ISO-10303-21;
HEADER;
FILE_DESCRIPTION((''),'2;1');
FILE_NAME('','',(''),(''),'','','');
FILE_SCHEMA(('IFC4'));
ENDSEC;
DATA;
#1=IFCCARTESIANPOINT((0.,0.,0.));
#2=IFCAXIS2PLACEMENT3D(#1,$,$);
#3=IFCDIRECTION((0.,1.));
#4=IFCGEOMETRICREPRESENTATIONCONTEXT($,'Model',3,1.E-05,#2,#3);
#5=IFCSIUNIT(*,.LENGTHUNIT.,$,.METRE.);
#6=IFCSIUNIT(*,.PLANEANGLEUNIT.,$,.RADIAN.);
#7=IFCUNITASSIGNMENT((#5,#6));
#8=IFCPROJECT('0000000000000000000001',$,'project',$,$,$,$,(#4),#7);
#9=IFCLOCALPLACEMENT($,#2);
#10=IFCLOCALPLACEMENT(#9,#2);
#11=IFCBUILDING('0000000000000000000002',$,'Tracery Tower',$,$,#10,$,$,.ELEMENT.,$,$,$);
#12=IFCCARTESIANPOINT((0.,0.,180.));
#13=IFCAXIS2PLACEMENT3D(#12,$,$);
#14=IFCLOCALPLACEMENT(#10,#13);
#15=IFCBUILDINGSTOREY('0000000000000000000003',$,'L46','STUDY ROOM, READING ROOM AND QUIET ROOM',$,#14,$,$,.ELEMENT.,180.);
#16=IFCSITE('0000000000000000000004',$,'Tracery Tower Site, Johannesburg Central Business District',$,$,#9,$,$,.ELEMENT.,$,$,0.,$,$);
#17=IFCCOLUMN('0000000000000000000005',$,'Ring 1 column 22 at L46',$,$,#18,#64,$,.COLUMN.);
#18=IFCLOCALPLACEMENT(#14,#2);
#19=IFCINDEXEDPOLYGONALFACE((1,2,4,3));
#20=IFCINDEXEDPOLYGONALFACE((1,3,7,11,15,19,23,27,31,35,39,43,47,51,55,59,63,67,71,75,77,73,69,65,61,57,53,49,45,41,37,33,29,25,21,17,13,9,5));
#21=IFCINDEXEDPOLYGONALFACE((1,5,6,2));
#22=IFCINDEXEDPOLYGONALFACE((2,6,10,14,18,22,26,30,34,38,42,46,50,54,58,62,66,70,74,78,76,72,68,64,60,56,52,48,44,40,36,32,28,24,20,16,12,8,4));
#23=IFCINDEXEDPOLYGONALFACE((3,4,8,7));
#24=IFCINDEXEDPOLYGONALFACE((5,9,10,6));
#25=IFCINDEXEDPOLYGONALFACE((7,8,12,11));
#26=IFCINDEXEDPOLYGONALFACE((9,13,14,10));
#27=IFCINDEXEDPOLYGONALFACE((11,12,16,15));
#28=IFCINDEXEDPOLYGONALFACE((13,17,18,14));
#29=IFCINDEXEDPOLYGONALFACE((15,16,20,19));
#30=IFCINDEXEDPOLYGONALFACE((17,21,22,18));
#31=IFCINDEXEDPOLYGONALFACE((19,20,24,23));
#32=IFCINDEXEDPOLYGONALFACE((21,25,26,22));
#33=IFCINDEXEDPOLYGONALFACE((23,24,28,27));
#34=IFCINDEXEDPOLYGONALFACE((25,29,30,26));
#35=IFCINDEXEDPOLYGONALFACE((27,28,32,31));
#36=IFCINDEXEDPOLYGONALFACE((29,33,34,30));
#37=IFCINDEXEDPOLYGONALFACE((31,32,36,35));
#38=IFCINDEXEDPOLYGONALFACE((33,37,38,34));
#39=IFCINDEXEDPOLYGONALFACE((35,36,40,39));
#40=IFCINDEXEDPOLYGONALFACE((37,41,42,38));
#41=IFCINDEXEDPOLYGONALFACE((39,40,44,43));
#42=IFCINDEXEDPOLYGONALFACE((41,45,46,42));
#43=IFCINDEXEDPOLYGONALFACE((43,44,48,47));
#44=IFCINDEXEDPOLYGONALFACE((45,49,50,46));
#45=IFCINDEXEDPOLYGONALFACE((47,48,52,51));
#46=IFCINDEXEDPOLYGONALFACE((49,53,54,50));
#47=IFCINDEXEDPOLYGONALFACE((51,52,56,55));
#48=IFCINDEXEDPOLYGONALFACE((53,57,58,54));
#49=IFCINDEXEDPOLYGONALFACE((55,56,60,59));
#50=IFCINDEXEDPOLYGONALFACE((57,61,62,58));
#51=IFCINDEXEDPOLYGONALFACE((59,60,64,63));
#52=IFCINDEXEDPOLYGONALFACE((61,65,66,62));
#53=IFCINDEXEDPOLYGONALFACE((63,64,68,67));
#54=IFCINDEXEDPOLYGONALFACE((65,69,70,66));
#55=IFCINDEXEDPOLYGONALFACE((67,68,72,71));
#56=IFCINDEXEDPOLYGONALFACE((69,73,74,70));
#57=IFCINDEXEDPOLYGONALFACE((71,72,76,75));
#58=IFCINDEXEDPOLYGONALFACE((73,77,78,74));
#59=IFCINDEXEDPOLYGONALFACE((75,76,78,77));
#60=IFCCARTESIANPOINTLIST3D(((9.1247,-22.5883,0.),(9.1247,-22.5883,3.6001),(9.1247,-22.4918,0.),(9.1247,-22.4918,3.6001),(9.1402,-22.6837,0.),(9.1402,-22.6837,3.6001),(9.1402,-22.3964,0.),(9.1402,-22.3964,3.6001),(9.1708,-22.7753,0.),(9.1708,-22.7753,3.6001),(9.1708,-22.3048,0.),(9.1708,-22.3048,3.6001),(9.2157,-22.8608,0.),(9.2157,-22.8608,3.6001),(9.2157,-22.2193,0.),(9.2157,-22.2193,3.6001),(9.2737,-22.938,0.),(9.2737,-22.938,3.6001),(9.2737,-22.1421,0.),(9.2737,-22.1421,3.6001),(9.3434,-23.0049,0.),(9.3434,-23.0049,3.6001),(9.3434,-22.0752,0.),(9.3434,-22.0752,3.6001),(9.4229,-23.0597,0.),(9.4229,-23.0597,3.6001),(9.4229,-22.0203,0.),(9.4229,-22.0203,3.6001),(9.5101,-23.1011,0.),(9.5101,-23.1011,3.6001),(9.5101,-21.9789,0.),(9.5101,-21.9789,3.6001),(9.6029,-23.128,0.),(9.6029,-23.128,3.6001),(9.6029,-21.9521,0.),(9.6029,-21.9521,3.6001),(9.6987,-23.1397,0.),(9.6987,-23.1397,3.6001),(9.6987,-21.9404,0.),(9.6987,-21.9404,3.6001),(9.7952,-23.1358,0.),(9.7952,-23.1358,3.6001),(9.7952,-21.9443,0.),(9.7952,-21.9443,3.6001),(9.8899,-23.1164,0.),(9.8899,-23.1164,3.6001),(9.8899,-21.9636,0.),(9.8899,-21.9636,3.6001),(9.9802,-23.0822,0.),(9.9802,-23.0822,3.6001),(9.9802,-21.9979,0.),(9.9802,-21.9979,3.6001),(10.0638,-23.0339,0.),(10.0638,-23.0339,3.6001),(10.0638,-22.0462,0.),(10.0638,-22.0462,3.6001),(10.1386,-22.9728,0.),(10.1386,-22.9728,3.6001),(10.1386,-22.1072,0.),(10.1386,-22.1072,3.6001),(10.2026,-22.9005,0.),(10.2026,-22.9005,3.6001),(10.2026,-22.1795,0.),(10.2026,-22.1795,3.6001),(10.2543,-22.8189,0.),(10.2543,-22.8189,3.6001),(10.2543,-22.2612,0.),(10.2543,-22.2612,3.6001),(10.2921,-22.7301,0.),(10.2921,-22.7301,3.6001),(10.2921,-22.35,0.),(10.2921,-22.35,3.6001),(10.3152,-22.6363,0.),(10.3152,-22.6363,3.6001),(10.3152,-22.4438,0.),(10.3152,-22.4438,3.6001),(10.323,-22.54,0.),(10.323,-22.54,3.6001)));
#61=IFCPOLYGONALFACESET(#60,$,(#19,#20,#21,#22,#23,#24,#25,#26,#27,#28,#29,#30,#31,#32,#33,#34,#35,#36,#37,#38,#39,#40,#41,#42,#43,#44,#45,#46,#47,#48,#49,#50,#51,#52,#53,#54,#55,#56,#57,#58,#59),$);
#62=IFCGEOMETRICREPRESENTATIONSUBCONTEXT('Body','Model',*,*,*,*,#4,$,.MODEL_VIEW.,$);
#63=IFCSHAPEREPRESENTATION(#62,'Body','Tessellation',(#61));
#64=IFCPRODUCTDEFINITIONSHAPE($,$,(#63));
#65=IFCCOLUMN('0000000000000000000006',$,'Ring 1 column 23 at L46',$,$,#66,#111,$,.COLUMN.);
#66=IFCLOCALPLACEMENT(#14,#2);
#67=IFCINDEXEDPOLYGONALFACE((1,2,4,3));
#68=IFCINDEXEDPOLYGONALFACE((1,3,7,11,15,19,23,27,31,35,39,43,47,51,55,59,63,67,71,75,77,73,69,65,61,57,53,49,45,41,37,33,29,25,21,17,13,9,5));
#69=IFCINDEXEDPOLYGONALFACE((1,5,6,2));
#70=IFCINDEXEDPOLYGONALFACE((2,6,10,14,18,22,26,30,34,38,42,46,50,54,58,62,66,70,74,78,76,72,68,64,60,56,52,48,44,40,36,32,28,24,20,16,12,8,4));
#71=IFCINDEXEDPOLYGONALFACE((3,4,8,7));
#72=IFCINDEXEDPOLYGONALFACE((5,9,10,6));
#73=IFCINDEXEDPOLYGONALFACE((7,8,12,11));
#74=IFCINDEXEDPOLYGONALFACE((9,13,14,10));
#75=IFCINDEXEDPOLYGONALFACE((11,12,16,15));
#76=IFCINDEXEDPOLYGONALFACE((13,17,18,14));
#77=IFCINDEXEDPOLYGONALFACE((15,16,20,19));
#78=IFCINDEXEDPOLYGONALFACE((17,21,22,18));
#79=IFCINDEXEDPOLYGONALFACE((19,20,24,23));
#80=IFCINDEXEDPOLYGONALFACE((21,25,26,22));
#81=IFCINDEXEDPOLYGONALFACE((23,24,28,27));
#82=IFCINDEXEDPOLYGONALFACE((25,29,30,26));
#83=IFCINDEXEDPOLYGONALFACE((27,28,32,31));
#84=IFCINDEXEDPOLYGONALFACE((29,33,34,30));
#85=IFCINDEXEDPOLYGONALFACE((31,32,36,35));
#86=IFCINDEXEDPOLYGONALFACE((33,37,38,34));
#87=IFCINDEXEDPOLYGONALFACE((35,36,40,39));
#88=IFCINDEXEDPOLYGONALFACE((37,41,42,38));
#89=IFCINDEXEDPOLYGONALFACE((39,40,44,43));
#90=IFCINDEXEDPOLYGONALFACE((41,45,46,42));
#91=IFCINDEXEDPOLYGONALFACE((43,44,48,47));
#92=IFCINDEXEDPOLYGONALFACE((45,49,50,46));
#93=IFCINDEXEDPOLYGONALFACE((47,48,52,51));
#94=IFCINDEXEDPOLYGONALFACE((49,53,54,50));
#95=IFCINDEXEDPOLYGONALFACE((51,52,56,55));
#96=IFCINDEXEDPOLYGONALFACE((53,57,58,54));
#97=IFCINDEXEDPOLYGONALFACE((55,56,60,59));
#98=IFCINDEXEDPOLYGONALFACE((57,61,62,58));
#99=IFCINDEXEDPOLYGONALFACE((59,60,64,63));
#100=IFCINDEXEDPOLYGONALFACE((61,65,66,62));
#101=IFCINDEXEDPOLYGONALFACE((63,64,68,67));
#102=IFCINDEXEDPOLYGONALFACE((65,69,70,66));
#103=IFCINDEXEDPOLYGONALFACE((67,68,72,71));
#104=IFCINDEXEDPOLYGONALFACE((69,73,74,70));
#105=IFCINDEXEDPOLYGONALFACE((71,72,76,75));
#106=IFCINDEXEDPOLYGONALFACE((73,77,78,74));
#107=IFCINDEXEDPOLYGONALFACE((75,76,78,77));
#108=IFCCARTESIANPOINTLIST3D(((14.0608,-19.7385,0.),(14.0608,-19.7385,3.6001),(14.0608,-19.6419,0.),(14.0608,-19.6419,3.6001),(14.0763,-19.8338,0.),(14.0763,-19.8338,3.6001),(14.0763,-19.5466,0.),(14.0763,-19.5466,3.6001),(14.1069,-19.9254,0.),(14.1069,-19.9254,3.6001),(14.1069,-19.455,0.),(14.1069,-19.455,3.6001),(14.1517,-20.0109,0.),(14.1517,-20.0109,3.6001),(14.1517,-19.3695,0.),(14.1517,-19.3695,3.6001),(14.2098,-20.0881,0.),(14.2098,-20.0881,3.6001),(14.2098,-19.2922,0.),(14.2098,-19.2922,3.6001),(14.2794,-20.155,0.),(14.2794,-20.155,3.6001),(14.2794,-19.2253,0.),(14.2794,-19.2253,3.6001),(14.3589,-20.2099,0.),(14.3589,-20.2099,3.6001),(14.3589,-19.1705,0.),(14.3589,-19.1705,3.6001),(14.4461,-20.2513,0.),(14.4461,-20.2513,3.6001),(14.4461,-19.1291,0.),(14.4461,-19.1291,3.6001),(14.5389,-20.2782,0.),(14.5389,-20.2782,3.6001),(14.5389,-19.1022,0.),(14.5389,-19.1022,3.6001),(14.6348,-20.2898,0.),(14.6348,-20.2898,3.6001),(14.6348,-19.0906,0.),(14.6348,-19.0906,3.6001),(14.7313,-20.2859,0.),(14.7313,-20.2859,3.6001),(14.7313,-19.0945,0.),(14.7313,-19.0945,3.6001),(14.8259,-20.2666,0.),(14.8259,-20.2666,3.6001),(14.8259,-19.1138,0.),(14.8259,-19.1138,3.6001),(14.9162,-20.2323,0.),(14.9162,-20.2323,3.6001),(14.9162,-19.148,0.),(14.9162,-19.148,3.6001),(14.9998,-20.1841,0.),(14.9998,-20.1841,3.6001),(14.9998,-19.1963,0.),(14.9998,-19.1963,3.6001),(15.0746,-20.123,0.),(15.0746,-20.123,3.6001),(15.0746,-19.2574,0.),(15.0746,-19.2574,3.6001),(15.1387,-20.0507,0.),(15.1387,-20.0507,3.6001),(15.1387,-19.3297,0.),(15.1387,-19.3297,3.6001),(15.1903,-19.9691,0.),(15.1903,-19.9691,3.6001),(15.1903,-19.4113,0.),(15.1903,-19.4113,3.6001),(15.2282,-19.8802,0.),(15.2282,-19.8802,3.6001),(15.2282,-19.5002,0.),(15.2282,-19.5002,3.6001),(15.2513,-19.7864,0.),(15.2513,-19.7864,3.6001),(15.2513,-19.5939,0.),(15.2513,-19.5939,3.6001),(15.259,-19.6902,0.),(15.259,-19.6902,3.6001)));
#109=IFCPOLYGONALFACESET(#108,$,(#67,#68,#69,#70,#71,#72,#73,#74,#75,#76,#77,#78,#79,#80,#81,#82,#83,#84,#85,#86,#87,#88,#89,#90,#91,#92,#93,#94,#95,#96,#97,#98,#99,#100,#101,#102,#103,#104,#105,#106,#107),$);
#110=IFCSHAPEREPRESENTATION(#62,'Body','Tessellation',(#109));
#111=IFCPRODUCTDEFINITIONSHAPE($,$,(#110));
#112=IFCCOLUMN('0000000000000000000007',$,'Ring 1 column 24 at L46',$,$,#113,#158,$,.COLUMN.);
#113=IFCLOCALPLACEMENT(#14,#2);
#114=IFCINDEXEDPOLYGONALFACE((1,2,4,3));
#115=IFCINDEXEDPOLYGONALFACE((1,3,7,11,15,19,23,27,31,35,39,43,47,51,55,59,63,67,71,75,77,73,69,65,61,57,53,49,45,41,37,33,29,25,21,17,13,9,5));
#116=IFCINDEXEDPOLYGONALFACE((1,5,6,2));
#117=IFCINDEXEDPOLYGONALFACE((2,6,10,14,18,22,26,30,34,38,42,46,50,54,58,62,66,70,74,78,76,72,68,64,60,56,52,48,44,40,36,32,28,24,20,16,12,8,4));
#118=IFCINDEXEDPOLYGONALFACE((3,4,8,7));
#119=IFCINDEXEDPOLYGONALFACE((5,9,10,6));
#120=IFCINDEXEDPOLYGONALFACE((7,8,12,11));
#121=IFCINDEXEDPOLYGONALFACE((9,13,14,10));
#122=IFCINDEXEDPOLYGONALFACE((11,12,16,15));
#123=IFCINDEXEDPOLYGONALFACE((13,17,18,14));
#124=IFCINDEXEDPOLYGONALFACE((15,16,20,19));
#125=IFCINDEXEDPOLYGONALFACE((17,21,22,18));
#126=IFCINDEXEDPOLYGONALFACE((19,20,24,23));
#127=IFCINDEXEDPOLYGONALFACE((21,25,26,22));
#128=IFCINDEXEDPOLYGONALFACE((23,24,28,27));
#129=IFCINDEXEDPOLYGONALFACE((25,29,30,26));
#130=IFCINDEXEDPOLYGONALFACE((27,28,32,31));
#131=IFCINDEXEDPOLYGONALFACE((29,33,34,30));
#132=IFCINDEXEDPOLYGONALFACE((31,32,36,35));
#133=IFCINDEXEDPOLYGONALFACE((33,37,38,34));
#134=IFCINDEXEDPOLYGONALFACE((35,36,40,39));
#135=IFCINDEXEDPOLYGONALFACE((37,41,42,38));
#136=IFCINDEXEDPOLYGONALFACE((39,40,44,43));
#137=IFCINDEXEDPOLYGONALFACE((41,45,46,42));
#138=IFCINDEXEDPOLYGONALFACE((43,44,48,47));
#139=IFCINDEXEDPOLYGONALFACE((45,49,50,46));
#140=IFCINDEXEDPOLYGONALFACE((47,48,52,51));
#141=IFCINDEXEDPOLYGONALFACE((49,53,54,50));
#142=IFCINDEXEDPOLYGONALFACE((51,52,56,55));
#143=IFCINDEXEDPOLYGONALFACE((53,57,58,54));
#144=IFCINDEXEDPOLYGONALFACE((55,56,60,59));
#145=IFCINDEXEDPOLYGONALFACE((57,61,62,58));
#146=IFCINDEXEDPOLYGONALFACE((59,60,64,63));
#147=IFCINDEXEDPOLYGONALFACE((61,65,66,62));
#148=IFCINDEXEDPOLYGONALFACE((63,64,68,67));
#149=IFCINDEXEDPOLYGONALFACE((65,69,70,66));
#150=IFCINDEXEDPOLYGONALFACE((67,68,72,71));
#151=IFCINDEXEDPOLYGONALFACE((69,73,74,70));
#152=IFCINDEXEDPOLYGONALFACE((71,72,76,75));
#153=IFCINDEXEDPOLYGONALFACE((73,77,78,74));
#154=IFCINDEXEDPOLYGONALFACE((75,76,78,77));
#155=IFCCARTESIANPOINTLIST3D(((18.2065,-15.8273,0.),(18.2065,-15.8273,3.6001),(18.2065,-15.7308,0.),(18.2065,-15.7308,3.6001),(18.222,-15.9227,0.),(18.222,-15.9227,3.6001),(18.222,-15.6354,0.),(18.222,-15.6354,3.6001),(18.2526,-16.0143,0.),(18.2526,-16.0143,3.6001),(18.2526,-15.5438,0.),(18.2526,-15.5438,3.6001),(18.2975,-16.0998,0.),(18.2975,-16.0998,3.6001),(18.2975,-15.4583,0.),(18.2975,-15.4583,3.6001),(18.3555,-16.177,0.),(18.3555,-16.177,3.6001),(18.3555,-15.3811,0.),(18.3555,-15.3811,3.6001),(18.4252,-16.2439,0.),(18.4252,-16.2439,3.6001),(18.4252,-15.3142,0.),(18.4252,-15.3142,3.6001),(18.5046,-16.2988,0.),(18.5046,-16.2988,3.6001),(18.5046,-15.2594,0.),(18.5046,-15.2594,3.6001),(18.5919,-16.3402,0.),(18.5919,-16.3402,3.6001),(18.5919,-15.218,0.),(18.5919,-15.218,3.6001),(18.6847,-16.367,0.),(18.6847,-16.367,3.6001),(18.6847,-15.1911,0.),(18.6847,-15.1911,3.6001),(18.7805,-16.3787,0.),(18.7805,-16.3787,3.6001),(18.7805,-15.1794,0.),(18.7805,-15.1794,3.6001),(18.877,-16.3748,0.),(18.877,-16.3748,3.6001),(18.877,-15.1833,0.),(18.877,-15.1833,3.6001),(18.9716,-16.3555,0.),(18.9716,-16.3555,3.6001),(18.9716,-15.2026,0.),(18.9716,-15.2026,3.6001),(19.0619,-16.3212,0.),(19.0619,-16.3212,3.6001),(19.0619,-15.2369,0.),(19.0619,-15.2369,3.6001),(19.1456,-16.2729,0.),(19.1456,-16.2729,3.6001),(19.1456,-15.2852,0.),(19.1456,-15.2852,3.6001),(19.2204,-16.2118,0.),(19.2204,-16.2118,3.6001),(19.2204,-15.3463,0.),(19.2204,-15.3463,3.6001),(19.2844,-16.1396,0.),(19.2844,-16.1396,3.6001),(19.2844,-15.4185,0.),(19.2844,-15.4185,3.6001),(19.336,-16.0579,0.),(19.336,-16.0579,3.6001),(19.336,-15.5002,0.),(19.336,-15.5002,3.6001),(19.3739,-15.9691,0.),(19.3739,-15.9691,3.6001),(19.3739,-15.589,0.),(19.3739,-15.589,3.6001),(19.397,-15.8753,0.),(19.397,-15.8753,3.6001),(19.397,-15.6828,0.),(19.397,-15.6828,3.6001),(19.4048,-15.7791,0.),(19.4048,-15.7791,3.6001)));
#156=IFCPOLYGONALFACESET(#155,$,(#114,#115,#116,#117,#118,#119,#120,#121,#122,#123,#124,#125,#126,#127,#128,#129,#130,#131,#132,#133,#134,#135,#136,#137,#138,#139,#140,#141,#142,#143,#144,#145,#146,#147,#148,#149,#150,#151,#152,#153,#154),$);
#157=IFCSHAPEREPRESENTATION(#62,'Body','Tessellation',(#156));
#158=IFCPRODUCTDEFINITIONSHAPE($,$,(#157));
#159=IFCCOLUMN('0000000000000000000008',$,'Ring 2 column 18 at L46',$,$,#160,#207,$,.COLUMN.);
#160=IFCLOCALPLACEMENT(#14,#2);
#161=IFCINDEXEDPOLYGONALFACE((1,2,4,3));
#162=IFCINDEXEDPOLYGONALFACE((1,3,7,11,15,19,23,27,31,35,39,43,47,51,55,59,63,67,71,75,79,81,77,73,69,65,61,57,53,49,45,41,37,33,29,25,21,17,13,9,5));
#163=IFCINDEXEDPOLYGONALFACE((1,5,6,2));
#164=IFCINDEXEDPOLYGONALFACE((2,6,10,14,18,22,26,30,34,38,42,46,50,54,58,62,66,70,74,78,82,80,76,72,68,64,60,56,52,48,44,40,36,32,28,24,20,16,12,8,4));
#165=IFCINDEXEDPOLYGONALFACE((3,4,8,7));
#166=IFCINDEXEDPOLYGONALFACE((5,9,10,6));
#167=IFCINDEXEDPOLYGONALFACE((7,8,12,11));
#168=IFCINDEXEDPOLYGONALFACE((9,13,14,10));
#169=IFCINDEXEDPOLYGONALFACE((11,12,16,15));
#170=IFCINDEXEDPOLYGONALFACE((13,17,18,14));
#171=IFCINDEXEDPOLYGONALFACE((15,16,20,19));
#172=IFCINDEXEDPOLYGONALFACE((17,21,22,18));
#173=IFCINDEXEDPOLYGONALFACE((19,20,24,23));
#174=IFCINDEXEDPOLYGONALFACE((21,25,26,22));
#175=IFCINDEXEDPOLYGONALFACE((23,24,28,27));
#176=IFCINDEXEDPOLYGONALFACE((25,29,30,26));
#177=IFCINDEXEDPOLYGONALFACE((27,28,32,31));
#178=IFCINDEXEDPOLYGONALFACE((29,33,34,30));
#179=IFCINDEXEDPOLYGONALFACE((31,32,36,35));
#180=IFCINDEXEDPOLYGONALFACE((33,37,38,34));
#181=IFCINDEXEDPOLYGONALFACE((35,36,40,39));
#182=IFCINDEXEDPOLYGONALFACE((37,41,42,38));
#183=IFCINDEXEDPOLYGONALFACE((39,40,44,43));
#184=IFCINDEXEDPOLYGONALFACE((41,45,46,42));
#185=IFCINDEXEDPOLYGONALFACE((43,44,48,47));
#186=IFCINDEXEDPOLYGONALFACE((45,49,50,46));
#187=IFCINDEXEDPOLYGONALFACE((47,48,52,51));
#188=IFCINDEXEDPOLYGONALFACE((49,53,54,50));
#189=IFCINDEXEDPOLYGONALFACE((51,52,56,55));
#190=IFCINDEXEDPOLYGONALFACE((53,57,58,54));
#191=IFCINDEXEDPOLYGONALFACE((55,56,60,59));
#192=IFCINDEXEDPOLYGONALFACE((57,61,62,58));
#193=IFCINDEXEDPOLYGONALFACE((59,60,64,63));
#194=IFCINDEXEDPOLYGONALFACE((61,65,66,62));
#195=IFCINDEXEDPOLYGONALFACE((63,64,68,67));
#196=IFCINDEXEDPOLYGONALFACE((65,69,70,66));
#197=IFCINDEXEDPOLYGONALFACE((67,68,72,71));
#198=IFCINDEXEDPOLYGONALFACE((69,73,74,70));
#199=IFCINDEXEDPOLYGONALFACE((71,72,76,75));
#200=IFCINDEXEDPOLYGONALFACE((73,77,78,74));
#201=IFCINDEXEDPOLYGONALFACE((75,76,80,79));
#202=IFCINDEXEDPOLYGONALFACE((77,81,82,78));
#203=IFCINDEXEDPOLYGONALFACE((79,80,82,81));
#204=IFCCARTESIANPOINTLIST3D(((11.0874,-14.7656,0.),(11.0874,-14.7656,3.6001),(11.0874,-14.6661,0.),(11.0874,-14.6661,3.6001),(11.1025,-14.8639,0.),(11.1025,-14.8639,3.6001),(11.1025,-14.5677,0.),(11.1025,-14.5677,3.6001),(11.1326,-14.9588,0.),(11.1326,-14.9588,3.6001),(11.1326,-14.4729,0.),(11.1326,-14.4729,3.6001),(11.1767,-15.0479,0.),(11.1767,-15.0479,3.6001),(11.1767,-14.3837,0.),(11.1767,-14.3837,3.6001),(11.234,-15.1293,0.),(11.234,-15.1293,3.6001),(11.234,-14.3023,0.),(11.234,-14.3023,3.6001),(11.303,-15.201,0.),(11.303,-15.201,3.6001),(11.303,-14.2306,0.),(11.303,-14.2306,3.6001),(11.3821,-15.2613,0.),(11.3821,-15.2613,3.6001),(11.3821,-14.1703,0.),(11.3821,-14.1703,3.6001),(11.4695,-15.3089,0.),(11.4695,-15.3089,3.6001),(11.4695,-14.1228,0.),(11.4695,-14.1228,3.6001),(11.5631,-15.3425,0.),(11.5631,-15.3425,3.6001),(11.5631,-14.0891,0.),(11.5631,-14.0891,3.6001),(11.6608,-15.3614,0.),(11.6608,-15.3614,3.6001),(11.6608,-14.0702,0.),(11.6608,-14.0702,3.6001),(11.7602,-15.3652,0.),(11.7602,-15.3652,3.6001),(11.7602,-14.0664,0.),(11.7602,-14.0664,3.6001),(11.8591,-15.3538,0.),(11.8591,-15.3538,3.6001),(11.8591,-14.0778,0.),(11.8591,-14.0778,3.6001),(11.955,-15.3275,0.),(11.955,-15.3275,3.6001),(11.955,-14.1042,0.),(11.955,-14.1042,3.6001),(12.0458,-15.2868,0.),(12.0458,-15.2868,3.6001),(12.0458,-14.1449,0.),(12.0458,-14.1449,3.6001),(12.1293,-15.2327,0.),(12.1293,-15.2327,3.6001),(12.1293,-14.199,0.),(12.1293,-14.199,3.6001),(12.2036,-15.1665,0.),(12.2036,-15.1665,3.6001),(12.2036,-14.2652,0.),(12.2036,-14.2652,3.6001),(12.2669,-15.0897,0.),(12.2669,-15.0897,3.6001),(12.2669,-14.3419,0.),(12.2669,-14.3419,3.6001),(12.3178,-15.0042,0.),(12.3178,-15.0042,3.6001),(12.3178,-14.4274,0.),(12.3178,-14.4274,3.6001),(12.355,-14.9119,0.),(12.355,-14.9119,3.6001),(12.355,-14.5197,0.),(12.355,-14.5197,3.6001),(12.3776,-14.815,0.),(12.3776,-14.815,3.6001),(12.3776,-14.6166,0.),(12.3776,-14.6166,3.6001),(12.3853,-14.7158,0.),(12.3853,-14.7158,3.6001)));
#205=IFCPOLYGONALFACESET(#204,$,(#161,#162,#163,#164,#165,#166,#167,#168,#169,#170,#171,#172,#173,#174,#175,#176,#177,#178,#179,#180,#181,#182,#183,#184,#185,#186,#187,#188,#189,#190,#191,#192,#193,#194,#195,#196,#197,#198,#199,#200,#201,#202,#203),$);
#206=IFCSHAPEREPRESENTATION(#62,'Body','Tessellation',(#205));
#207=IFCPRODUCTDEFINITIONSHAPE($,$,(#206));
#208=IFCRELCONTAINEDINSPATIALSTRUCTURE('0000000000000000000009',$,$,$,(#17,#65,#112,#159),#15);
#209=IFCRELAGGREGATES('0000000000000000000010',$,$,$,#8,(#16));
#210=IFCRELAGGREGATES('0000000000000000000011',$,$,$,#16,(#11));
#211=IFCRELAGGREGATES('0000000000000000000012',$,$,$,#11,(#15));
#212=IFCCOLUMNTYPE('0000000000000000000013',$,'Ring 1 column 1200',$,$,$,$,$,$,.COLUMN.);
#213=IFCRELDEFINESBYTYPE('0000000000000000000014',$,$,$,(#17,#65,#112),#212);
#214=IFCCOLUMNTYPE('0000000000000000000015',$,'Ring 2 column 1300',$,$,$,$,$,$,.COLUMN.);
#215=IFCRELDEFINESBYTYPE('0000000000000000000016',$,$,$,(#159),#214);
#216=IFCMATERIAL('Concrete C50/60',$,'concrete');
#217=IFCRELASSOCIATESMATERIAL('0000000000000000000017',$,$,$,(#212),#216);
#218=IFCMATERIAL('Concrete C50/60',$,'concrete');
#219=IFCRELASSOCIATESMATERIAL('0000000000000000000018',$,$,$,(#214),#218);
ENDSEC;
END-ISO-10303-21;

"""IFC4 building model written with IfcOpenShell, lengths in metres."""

from ifc_helpers import new_model, si_unit, direction, frame, origin, origin_2d, place, context, subcontext, project, spatial, circle, extrude, material, material_profile, profile_set, type_object, element, save


model = new_model("IFC4")

# Units and contexts
model_context = context("Model", 3, precision=1e-05, world=origin(), true_north=direction((0.0, 1.0)))
body_context = subcontext(model_context, "Body", "Model", "MODEL_VIEW")
ifc_project = project(units=[si_unit("LENGTHUNIT", "METRE"), si_unit("PLANEANGLEUNIT", "RADIAN")], contexts=[model_context])

# Site, building, storey
site_placement = place(None, origin())
site = spatial("IfcSite", under=ifc_project, at=site_placement, Name="Tracery Tower Site, Johannesburg Central Business District", CompositionType="ELEMENT", RefElevation=0.0)
building_placement = place(site_placement, origin())
building = spatial("IfcBuilding", under=site, at=building_placement, Name="Tracery Tower", CompositionType="ELEMENT")
storey_placement = place(building_placement, frame((0.0, 0.0, 180.0)))
storey = spatial("IfcBuildingStorey", under=building, at=storey_placement, Name="L46", Description="STUDY ROOM, READING ROOM AND QUIET ROOM", CompositionType="ELEMENT", Elevation=180.0)

# Columns
ifc_material_1 = material(Name="Concrete C50/60", Category="concrete")
ifc_material_profile_1 = material_profile(ifc_material_1, circle(Radius=0.6001, at=origin_2d()), Name="RC D1200")
ifc_profile_set_1 = profile_set([ifc_material_profile_1], Name="Concrete C50/60")
column_type_1 = type_object("IfcColumnType", Name="Ring 1 column 1200", PredefinedType="COLUMN", material=ifc_profile_set_1)
for number, where, z_axis, x_axis, name in (
    (1, (9.7229, -22.54, 0.0), (0.0, 0.0, 1.0), (1.0, 0.0, 0.0), "Ring 1 column 22 at L46"),
    (2, (14.6589, -19.6902, 0.0), (0.0, 0.0, 1.0), (1.0, 0.0, 0.0), "Ring 1 column 23 at L46"),
    (3, (18.8047, -15.7791, 0.0), (0.0, 0.0, 1.0), (1.0, 0.0, 0.0), "Ring 1 column 24 at L46"),
):
    element("IfcColumn", number, at=place(storey_placement, frame(where, z_axis=z_axis, x_axis=x_axis)), inside=storey, type_object=column_type_1, Name=name, PredefinedType="COLUMN", context=body_context, shape_type="SweptSolid", body=[
        extrude(circle(Radius=0.6001, at=origin_2d()), origin(), (0.0, 0.0, 1.0), 3.6001),
    ])
ifc_material_2 = material(Name="Concrete C50/60", Category="concrete")
ifc_material_profile_2 = material_profile(ifc_material_2, circle(Radius=0.6499, at=origin_2d()), Name="RC D1300")
ifc_profile_set_2 = profile_set([ifc_material_profile_2], Name="Concrete C50/60")
column_type_2 = type_object("IfcColumnType", Name="Ring 2 column 1300", PredefinedType="COLUMN", material=ifc_profile_set_2)
column_placement = place(storey_placement, frame((11.7354, -14.7158, 0.0), z_axis=(0.0, 0.0, 1.0), x_axis=(1.0, 0.0, 0.0)))
element("IfcColumn", 4, at=column_placement, inside=storey, type_object=column_type_2, Name="Ring 2 column 18 at L46", PredefinedType="COLUMN", context=body_context, shape_type="SweptSolid", body=[
    extrude(circle(Radius=0.6499, at=origin_2d()), origin(), (0.0, 0.0, 1.0), 3.6001),
])

save(model, "model.ifc")
